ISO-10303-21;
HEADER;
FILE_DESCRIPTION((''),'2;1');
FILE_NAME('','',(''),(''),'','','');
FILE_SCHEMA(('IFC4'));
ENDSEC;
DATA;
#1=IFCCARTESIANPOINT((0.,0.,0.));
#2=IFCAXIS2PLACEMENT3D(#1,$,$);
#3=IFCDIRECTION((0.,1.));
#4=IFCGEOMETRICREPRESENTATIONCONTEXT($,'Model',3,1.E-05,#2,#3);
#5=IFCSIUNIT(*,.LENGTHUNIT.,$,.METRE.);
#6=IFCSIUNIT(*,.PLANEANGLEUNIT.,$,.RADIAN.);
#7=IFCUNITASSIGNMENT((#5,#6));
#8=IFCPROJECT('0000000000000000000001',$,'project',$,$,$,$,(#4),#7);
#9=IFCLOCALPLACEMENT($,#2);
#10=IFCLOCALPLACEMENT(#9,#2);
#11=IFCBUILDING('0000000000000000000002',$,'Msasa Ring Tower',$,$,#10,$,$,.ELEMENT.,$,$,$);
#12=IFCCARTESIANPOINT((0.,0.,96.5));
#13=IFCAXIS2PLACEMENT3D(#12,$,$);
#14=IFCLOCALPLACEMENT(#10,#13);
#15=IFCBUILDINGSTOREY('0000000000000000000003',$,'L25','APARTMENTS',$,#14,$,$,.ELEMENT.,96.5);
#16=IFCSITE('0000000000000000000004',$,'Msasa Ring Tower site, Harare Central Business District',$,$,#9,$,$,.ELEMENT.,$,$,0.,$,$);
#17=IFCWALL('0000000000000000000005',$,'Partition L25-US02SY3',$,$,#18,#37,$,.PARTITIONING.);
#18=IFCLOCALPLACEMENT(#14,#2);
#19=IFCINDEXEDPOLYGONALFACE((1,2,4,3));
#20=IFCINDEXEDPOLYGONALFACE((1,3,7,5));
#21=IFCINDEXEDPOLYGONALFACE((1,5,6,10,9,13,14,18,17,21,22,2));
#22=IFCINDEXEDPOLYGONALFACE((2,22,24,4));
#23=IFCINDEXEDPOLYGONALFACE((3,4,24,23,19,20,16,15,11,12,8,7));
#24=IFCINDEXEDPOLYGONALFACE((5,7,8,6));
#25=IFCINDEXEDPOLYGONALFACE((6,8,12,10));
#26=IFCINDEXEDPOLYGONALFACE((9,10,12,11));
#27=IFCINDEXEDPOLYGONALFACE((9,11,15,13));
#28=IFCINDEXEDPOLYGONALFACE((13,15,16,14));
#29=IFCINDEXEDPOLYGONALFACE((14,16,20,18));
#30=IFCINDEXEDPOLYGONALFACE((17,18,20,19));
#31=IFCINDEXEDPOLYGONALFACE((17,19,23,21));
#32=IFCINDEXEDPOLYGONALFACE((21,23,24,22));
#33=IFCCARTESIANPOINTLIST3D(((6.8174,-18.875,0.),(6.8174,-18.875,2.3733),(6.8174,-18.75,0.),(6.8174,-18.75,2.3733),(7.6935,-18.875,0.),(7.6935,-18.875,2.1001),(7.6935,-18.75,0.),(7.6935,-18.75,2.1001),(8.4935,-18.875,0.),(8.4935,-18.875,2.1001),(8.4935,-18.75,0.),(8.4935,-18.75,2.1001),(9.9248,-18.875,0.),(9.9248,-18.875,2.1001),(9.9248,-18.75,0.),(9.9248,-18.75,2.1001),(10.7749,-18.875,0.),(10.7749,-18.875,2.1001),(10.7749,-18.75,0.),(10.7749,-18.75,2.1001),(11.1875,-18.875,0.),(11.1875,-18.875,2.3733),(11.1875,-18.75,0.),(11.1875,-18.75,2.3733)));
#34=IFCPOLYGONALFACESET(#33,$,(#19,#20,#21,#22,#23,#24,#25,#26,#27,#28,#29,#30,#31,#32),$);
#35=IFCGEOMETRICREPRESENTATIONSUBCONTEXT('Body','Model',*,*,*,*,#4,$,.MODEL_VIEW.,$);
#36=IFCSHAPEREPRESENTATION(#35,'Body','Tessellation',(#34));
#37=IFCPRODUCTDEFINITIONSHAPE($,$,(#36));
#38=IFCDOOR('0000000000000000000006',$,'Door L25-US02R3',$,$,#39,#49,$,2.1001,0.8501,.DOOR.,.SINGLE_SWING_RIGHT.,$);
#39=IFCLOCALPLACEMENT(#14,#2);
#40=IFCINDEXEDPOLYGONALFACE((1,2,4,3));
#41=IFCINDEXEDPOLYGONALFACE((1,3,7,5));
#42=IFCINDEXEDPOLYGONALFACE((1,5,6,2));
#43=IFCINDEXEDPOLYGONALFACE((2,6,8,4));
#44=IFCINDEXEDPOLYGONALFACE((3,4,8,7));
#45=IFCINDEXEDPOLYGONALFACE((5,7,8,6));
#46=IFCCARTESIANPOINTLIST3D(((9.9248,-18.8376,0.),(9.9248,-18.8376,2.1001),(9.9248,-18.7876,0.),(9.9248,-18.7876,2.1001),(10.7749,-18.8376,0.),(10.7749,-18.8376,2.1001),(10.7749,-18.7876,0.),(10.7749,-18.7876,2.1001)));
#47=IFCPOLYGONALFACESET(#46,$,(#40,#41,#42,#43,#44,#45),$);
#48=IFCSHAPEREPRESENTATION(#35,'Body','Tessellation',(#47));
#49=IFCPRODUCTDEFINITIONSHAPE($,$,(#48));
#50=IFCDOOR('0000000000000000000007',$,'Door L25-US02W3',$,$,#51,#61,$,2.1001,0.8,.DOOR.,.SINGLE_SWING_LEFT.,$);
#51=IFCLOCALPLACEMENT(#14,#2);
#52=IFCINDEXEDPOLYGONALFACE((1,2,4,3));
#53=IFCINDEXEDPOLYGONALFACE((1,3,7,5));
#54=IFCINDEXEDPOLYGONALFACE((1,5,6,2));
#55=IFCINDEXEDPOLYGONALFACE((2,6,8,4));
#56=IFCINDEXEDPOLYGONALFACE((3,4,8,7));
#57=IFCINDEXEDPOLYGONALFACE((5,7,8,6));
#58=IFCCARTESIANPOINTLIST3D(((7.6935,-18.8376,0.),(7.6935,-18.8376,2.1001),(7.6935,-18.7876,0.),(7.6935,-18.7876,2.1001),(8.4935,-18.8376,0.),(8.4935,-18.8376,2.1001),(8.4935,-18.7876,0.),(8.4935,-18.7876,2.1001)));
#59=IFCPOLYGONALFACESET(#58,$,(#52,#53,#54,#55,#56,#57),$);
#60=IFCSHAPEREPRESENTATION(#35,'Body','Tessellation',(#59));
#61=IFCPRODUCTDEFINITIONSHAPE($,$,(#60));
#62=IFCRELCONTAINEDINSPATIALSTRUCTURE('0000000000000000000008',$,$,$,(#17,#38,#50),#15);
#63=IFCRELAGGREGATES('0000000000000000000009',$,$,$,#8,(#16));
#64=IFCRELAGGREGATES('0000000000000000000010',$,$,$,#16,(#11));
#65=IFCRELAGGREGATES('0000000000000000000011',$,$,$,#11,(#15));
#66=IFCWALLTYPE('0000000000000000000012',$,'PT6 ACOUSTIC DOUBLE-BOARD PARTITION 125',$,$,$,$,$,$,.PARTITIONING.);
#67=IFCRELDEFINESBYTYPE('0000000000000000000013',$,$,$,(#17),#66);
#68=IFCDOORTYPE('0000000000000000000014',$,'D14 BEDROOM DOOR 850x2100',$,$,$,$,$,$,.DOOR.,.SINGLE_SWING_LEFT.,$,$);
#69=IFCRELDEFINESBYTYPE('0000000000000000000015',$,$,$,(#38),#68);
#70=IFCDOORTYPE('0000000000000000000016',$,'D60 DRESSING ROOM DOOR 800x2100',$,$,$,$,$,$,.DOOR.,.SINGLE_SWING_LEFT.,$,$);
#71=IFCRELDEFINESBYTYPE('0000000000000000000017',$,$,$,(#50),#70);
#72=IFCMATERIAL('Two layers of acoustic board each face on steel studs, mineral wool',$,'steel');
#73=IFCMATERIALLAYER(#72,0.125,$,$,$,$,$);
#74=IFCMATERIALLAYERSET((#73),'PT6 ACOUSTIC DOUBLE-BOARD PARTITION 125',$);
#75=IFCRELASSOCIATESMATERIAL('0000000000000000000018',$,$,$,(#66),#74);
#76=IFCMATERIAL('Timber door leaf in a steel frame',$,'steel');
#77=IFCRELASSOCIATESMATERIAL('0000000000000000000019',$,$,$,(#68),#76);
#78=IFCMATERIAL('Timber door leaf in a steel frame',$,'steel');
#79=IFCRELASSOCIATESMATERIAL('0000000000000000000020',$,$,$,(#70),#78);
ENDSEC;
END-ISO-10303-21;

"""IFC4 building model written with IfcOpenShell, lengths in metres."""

from ifc_helpers import new_model, si_unit, direction, frame, frame_2d, origin, place, context, subcontext, project, spatial, rectangle, extrude, material, layer, layer_set, type_object, element, fill, save


model = new_model("IFC4")

# Units and contexts
model_context = context("Model", 3, precision=1e-05, world=origin(), true_north=direction((0.0, 1.0)))
body_context = subcontext(model_context, "Body", "Model", "MODEL_VIEW")
ifc_project = project(units=[si_unit("LENGTHUNIT", "METRE"), si_unit("PLANEANGLEUNIT", "RADIAN")], contexts=[model_context])

# Site, building, storey
site_placement = place(None, origin())
site = spatial("IfcSite", under=ifc_project, at=site_placement, Name="Msasa Ring Tower site, Harare Central Business District", CompositionType="ELEMENT", RefElevation=0.0)
building_placement = place(site_placement, origin())
building = spatial("IfcBuilding", under=site, at=building_placement, Name="Msasa Ring Tower", CompositionType="ELEMENT")
storey_placement = place(building_placement, frame((0.0, 0.0, 96.5)))
storey = spatial("IfcBuildingStorey", under=building, at=storey_placement, Name="L25", Description="APARTMENTS", CompositionType="ELEMENT", Elevation=96.5)

# Shared definitions
ifc_material_1 = material(Name="Two layers of acoustic board each face on steel studs, mineral wool", Category="steel")
ifc_layer_1 = layer(ifc_material_1, 0.125)
ifc_layer_set_1 = layer_set([ifc_layer_1], Name="PT6 ACOUSTIC DOUBLE-BOARD PARTITION 125")
wall_type_1 = type_object("IfcWallType", Name="PT6 ACOUSTIC DOUBLE-BOARD PARTITION 125", PredefinedType="PARTITIONING", material=ifc_layer_set_1)

# Shared definitions
ifc_material_2 = material(Name="Timber door leaf in a steel frame", Category="steel")
door_type_1 = type_object("IfcDoorType", Name="D14 BEDROOM DOOR 850x2100", OperationType="SINGLE_SWING_LEFT", PredefinedType="DOOR", material=ifc_material_2)
ifc_material_3 = material(Name="Timber door leaf in a steel frame", Category="steel")
door_type_2 = type_object("IfcDoorType", Name="D60 DRESSING ROOM DOOR 800x2100", OperationType="SINGLE_SWING_LEFT", PredefinedType="DOOR", material=ifc_material_3)

# Wall, openings, doors
wall_1_placement = place(storey_placement, frame((6.8174, -18.8125, 0.0), z_axis=(0.0, 0.0, 1.0), x_axis=(1.0, 0.0, 0.0)))
wall_1 = element("IfcWall", 1, at=wall_1_placement, inside=storey, type_object=wall_type_1, Name="Partition L25-US02SY3", PredefinedType="PARTITIONING", context=body_context, shape_type="SweptSolid", body=[
    extrude(rectangle(XDim=4.3701, YDim=0.125, at=frame_2d((2.1851, 0.0))), origin(), (0.0, 0.0, 1.0), 2.3733),
])
opening_1_placement = place(wall_1_placement, frame((3.1074, 0.0, 0.0)))
opening_1 = element("IfcOpeningElement", 2, at=opening_1_placement, cuts=wall_1, PredefinedType="OPENING", context=body_context, shape_type="SweptSolid", body=[
    extrude(rectangle(XDim=0.8501, YDim=2.1001, at=frame_2d((0.425, 1.05))), frame((0.0, 0.0725, 0.0), z_axis=(0.0, -1.0, 0.0), x_axis=(1.0, 0.0, 0.0)), (0.0, 0.0, 1.0), 0.145),
])
opening_2_placement = place(wall_1_placement, frame((0.8762, 0.0, 0.0)))
opening_2 = element("IfcOpeningElement", 3, at=opening_2_placement, cuts=wall_1, PredefinedType="OPENING", context=body_context, shape_type="SweptSolid", body=[
    extrude(rectangle(XDim=0.8, YDim=2.1001, at=frame_2d((0.3999, 1.05))), frame((0.0, 0.0725, 0.0), z_axis=(0.0, -1.0, 0.0), x_axis=(1.0, 0.0, 0.0)), (0.0, 0.0, 1.0), 0.145),
])
door_1_placement = place(opening_1_placement, origin())
door_1 = element("IfcDoor", 4, at=door_1_placement, inside=storey, type_object=door_type_1, Name="Door L25-US02R3", OperationType="SINGLE_SWING_RIGHT", OverallHeight=2.1001, OverallWidth=0.8501, PredefinedType="DOOR", context=body_context, shape_type="SweptSolid", body=[
    extrude(rectangle(XDim=0.8501, YDim=2.1001, at=frame_2d((0.425, 1.05))), frame((0.0, 0.0249, 0.0), z_axis=(0.0, -1.0, 0.0), x_axis=(1.0, 0.0, 0.0)), (0.0, 0.0, 1.0), 0.05),
])
fill(opening_1, door_1)
door_2_placement = place(opening_2_placement, origin())
door_2 = element("IfcDoor", 5, at=door_2_placement, inside=storey, type_object=door_type_2, Name="Door L25-US02W3", OperationType="SINGLE_SWING_LEFT", OverallHeight=2.1001, OverallWidth=0.8, PredefinedType="DOOR", context=body_context, shape_type="SweptSolid", body=[
    extrude(rectangle(XDim=0.8, YDim=2.1001, at=frame_2d((0.3999, 1.05))), frame((0.0, 0.0249, 0.0), z_axis=(0.0, -1.0, 0.0), x_axis=(1.0, 0.0, 0.0)), (0.0, 0.0, 1.0), 0.05),
])
fill(opening_2, door_2)

save(model, "model.ifc")
